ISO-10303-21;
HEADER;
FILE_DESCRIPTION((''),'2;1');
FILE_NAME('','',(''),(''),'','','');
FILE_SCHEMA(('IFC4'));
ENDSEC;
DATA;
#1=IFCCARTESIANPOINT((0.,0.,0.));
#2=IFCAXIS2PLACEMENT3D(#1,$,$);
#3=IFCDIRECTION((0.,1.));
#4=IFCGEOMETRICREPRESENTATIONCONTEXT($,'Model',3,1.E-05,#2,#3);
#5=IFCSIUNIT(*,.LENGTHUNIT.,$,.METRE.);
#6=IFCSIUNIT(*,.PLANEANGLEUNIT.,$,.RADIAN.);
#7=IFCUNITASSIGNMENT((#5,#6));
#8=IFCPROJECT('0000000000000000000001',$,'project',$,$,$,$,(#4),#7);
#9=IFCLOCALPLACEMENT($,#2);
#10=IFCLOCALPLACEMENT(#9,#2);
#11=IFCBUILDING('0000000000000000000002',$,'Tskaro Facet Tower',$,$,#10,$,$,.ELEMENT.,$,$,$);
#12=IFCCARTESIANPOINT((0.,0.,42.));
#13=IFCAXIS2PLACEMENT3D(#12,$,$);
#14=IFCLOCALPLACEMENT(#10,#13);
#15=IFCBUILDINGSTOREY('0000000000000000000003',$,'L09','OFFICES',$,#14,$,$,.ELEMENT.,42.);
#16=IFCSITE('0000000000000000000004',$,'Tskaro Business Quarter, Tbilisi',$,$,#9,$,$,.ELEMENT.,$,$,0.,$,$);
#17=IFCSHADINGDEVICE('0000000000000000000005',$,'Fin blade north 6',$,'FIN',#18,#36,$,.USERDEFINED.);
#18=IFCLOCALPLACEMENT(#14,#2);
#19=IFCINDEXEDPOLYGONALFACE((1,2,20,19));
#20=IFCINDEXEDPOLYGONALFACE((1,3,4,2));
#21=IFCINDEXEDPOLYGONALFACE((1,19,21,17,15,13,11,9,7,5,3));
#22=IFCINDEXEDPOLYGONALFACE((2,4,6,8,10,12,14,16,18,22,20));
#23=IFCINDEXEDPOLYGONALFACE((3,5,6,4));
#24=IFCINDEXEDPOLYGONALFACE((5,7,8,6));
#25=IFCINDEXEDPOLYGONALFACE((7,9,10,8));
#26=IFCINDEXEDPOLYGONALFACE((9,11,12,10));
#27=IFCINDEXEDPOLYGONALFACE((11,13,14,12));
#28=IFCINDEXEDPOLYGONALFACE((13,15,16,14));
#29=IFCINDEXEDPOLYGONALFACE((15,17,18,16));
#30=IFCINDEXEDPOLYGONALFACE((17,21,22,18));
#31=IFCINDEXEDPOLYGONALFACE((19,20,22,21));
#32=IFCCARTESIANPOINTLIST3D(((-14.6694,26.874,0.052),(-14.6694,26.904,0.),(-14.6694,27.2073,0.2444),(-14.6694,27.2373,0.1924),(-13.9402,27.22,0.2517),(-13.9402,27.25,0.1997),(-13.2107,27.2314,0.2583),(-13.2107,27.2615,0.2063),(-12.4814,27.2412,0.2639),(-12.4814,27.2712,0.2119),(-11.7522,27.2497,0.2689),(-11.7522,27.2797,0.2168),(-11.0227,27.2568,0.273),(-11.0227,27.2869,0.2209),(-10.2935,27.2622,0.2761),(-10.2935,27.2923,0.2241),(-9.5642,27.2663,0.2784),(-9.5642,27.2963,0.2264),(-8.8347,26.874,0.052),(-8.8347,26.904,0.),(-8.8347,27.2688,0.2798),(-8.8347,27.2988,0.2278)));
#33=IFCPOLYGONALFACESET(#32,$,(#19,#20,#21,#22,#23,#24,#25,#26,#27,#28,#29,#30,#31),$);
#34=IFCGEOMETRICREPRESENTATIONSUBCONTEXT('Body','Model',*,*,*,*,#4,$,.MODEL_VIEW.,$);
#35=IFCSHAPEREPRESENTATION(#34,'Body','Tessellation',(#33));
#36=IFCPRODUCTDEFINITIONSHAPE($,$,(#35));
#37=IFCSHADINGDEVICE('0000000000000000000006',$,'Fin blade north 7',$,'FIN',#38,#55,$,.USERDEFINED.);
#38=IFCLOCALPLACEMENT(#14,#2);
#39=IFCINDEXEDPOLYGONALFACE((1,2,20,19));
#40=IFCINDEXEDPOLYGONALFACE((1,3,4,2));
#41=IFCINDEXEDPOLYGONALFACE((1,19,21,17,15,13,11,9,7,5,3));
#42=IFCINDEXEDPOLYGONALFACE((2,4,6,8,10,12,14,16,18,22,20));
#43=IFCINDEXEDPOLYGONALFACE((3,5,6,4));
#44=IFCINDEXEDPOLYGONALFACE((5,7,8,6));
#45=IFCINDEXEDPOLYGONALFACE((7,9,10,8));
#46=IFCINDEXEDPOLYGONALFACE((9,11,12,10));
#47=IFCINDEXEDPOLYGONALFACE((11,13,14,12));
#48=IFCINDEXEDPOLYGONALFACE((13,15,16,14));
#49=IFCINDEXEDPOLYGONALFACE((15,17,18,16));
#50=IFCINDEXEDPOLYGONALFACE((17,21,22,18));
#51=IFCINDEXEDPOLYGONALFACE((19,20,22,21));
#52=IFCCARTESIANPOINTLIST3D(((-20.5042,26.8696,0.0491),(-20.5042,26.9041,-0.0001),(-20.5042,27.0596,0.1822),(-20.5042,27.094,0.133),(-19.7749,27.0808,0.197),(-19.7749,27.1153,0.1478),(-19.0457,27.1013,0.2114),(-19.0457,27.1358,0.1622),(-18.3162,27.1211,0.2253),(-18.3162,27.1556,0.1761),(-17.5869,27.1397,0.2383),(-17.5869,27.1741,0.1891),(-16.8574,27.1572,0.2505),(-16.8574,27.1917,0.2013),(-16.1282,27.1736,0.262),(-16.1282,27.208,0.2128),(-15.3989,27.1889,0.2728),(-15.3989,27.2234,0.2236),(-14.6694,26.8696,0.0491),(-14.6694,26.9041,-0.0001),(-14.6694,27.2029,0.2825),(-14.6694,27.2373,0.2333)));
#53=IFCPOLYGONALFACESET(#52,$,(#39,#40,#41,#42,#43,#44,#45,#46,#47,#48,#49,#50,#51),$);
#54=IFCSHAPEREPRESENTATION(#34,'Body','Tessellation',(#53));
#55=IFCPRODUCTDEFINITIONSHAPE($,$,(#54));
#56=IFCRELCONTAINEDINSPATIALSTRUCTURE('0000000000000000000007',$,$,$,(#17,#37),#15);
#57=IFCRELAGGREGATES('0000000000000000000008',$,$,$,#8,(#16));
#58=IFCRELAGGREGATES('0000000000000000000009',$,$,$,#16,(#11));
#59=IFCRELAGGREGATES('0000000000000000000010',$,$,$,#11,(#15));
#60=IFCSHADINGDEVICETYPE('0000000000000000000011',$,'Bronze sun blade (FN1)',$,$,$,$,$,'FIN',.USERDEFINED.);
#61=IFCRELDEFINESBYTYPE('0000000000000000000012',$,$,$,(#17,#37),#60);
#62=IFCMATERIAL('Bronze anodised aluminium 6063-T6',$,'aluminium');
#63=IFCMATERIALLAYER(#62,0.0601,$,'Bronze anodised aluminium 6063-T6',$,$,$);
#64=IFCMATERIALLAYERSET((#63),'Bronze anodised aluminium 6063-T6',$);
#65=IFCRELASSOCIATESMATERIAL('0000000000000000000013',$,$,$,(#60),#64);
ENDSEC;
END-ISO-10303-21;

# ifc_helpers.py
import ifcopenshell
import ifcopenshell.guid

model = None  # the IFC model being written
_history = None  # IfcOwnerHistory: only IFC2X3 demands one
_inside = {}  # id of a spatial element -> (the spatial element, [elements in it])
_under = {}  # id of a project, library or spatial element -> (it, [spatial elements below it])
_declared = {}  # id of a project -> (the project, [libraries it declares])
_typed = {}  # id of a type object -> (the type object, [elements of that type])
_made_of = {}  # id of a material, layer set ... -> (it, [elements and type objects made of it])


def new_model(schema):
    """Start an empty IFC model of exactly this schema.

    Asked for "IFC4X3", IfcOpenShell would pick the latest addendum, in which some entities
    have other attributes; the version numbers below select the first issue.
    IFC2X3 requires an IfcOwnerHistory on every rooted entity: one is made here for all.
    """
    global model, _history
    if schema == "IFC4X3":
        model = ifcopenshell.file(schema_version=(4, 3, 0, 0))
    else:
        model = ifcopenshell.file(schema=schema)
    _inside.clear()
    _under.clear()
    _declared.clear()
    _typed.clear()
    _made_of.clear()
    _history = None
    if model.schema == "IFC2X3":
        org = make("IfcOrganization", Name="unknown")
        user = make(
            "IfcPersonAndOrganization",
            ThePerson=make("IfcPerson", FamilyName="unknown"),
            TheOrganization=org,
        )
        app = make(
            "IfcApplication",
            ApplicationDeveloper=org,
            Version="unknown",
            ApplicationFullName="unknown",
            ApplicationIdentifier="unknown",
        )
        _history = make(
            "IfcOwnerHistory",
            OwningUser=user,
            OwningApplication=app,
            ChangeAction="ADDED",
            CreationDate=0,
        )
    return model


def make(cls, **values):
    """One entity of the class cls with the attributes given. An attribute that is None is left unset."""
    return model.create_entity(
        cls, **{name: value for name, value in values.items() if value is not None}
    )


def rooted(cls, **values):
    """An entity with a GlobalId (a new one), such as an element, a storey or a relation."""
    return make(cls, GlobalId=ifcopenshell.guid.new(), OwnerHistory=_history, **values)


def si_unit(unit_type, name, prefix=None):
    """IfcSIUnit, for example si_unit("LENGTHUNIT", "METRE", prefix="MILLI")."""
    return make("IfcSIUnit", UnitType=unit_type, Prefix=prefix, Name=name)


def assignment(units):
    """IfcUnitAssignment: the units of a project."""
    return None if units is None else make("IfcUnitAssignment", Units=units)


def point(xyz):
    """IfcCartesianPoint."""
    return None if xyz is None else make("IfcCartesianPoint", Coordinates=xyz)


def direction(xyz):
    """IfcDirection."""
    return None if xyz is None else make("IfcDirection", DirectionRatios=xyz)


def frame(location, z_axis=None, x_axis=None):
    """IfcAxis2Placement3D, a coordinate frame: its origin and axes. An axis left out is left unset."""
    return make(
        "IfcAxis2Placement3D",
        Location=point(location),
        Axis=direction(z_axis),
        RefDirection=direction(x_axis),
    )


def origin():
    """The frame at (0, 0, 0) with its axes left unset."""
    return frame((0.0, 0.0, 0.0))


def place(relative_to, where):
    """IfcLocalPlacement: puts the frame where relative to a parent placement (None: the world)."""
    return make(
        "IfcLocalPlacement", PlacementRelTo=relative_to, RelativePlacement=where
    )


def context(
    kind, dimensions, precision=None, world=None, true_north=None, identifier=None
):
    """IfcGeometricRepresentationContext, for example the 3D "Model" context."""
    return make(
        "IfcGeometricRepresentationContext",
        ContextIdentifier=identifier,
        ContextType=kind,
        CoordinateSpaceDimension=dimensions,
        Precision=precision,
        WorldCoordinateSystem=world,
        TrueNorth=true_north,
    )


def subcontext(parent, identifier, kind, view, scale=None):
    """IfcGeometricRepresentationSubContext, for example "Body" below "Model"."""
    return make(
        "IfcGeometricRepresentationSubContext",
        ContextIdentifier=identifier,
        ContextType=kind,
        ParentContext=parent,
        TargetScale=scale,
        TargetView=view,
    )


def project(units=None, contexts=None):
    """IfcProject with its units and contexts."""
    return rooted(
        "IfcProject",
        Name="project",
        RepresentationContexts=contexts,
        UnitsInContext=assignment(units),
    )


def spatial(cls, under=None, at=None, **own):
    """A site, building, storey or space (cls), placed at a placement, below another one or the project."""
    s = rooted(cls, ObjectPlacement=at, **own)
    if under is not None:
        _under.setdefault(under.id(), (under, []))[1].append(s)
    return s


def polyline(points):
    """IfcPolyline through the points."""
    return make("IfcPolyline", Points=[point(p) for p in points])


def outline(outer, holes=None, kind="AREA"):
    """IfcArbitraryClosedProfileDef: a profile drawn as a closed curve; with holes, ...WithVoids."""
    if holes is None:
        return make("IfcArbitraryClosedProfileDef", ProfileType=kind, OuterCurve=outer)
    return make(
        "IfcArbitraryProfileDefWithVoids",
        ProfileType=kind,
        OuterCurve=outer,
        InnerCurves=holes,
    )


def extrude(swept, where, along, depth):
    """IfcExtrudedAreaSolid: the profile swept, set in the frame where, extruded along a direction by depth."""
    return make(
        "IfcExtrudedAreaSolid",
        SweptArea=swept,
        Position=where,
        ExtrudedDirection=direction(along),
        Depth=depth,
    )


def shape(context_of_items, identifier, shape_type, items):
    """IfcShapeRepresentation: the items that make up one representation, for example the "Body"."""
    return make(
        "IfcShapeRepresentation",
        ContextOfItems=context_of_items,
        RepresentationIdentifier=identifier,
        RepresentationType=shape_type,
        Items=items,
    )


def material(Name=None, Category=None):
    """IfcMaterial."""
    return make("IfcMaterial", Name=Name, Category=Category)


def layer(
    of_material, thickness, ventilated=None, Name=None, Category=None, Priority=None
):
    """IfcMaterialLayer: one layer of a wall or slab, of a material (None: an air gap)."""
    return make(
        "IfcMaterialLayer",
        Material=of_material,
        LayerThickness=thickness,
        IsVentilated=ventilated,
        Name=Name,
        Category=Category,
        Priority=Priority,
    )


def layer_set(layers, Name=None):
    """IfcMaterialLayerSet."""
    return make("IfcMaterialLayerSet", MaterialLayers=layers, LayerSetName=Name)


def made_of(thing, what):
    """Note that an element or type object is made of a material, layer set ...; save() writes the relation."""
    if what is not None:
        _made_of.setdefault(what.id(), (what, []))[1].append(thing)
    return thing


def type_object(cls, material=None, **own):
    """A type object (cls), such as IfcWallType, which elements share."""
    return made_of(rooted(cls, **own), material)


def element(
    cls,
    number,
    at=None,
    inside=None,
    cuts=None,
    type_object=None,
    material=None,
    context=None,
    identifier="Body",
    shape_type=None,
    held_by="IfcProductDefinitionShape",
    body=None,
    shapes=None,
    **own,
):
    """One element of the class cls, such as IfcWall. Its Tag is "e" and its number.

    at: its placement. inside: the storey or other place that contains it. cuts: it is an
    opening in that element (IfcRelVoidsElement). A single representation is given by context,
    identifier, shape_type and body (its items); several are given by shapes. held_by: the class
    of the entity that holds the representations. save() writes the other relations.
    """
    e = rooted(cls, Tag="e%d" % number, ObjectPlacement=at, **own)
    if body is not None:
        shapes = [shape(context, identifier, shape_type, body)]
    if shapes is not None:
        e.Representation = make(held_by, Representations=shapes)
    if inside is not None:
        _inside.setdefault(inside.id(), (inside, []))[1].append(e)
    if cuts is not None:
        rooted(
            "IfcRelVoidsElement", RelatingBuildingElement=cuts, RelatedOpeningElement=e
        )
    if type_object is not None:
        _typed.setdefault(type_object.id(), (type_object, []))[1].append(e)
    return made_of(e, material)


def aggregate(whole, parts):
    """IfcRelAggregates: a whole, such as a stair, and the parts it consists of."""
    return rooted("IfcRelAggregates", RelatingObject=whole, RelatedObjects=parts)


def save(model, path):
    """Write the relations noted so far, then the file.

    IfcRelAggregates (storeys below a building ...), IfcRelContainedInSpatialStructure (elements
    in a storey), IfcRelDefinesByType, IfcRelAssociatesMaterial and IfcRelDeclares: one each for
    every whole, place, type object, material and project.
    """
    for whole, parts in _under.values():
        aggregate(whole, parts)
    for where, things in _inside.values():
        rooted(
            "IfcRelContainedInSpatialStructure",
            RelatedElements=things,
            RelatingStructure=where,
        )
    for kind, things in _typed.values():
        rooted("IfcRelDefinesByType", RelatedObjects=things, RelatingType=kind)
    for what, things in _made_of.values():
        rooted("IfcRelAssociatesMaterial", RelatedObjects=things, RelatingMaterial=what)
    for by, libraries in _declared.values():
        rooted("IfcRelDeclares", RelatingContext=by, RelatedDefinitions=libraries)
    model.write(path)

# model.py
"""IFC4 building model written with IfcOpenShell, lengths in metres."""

from ifc_helpers import new_model, si_unit, direction, frame, origin, place, context, subcontext, project, spatial, polyline, outline, extrude, material, layer, layer_set, type_object, element, save


model = new_model("IFC4")

# Units and contexts
model_context = context("Model", 3, precision=1e-05, world=origin(), true_north=direction((0.0, 1.0)))
body_context = subcontext(model_context, "Body", "Model", "MODEL_VIEW")
ifc_project = project(units=[si_unit("LENGTHUNIT", "METRE"), si_unit("PLANEANGLEUNIT", "RADIAN")], contexts=[model_context])

# Site, building, storey
site_placement = place(None, origin())
site = spatial("IfcSite", under=ifc_project, at=site_placement, Name="Tskaro Business Quarter, Tbilisi", CompositionType="ELEMENT", RefElevation=0.0)
building_placement = place(site_placement, origin())
building = spatial("IfcBuilding", under=site, at=building_placement, Name="Tskaro Facet Tower", CompositionType="ELEMENT")
storey_placement = place(building_placement, frame((0.0, 0.0, 42.0)))
storey = spatial("IfcBuildingStorey", under=building, at=storey_placement, Name="L09", Description="OFFICES", CompositionType="ELEMENT", Elevation=42.0)

# Shared definitions
ifc_material_1 = material(Name="Bronze anodised aluminium 6063-T6", Category="aluminium")

# Shading devices
ifc_layer_1 = layer(ifc_material_1, 0.0601, Name="Bronze anodised aluminium 6063-T6")
ifc_layer_set_1 = layer_set([ifc_layer_1], Name="Bronze anodised aluminium 6063-T6")
shading_device_type = type_object("IfcShadingDeviceType", Name="Bronze sun blade (FN1)", ElementType="FIN", PredefinedType="USERDEFINED", material=ifc_layer_set_1)
shading_device_1_placement = place(storey_placement, frame((-8.8347, 26.874, 0.052), z_axis=(0.000008, -0.49986, 0.866106), x_axis=(-1.0, -0.000004, 0.000007)))
element("IfcShadingDevice", 1, at=shading_device_1_placement, inside=storey, type_object=shading_device_type, Name="Fin blade north 6", ObjectType="FIN", PredefinedType="USERDEFINED", context=body_context, shape_type="SweptSolid", body=[
    extrude(outline(polyline([(0.0, 0.0), (5.8347, 0.0), (5.8347, -0.3848), (5.1055, -0.3995), (4.376, -0.4127), (3.6467, -0.424), (2.9175, -0.4338), (2.188, -0.442), (1.4587, -0.4482), (0.7295, -0.4529), (0.0, -0.4558), (0.0, 0.0)])), origin(), (0.0, 0.0, -1.0), 0.0601),
])
shading_device_2_placement = place(storey_placement, frame((-14.6694, 26.8696, 0.0491), z_axis=(0.000005, -0.573761, 0.819023), x_axis=(-1.0, -0.000003, 0.000004)))
element("IfcShadingDevice", 2, at=shading_device_2_placement, inside=storey, type_object=shading_device_type, Name="Fin blade north 7", ObjectType="FIN", PredefinedType="USERDEFINED", context=body_context, shape_type="SweptSolid", body=[
    extrude(outline(polyline([(0.0, 0.0), (5.8347, 0.0), (5.8347, -0.2319), (5.1055, -0.2579), (4.3762, -0.2829), (3.6467, -0.3071), (2.9175, -0.3297), (2.188, -0.3511), (1.4587, -0.3711), (0.7295, -0.3899), (0.0, -0.4069), (0.0, 0.0)])), origin(), (0.0, 0.0, -1.0), 0.0601),
])

save(model, "model.ifc")
